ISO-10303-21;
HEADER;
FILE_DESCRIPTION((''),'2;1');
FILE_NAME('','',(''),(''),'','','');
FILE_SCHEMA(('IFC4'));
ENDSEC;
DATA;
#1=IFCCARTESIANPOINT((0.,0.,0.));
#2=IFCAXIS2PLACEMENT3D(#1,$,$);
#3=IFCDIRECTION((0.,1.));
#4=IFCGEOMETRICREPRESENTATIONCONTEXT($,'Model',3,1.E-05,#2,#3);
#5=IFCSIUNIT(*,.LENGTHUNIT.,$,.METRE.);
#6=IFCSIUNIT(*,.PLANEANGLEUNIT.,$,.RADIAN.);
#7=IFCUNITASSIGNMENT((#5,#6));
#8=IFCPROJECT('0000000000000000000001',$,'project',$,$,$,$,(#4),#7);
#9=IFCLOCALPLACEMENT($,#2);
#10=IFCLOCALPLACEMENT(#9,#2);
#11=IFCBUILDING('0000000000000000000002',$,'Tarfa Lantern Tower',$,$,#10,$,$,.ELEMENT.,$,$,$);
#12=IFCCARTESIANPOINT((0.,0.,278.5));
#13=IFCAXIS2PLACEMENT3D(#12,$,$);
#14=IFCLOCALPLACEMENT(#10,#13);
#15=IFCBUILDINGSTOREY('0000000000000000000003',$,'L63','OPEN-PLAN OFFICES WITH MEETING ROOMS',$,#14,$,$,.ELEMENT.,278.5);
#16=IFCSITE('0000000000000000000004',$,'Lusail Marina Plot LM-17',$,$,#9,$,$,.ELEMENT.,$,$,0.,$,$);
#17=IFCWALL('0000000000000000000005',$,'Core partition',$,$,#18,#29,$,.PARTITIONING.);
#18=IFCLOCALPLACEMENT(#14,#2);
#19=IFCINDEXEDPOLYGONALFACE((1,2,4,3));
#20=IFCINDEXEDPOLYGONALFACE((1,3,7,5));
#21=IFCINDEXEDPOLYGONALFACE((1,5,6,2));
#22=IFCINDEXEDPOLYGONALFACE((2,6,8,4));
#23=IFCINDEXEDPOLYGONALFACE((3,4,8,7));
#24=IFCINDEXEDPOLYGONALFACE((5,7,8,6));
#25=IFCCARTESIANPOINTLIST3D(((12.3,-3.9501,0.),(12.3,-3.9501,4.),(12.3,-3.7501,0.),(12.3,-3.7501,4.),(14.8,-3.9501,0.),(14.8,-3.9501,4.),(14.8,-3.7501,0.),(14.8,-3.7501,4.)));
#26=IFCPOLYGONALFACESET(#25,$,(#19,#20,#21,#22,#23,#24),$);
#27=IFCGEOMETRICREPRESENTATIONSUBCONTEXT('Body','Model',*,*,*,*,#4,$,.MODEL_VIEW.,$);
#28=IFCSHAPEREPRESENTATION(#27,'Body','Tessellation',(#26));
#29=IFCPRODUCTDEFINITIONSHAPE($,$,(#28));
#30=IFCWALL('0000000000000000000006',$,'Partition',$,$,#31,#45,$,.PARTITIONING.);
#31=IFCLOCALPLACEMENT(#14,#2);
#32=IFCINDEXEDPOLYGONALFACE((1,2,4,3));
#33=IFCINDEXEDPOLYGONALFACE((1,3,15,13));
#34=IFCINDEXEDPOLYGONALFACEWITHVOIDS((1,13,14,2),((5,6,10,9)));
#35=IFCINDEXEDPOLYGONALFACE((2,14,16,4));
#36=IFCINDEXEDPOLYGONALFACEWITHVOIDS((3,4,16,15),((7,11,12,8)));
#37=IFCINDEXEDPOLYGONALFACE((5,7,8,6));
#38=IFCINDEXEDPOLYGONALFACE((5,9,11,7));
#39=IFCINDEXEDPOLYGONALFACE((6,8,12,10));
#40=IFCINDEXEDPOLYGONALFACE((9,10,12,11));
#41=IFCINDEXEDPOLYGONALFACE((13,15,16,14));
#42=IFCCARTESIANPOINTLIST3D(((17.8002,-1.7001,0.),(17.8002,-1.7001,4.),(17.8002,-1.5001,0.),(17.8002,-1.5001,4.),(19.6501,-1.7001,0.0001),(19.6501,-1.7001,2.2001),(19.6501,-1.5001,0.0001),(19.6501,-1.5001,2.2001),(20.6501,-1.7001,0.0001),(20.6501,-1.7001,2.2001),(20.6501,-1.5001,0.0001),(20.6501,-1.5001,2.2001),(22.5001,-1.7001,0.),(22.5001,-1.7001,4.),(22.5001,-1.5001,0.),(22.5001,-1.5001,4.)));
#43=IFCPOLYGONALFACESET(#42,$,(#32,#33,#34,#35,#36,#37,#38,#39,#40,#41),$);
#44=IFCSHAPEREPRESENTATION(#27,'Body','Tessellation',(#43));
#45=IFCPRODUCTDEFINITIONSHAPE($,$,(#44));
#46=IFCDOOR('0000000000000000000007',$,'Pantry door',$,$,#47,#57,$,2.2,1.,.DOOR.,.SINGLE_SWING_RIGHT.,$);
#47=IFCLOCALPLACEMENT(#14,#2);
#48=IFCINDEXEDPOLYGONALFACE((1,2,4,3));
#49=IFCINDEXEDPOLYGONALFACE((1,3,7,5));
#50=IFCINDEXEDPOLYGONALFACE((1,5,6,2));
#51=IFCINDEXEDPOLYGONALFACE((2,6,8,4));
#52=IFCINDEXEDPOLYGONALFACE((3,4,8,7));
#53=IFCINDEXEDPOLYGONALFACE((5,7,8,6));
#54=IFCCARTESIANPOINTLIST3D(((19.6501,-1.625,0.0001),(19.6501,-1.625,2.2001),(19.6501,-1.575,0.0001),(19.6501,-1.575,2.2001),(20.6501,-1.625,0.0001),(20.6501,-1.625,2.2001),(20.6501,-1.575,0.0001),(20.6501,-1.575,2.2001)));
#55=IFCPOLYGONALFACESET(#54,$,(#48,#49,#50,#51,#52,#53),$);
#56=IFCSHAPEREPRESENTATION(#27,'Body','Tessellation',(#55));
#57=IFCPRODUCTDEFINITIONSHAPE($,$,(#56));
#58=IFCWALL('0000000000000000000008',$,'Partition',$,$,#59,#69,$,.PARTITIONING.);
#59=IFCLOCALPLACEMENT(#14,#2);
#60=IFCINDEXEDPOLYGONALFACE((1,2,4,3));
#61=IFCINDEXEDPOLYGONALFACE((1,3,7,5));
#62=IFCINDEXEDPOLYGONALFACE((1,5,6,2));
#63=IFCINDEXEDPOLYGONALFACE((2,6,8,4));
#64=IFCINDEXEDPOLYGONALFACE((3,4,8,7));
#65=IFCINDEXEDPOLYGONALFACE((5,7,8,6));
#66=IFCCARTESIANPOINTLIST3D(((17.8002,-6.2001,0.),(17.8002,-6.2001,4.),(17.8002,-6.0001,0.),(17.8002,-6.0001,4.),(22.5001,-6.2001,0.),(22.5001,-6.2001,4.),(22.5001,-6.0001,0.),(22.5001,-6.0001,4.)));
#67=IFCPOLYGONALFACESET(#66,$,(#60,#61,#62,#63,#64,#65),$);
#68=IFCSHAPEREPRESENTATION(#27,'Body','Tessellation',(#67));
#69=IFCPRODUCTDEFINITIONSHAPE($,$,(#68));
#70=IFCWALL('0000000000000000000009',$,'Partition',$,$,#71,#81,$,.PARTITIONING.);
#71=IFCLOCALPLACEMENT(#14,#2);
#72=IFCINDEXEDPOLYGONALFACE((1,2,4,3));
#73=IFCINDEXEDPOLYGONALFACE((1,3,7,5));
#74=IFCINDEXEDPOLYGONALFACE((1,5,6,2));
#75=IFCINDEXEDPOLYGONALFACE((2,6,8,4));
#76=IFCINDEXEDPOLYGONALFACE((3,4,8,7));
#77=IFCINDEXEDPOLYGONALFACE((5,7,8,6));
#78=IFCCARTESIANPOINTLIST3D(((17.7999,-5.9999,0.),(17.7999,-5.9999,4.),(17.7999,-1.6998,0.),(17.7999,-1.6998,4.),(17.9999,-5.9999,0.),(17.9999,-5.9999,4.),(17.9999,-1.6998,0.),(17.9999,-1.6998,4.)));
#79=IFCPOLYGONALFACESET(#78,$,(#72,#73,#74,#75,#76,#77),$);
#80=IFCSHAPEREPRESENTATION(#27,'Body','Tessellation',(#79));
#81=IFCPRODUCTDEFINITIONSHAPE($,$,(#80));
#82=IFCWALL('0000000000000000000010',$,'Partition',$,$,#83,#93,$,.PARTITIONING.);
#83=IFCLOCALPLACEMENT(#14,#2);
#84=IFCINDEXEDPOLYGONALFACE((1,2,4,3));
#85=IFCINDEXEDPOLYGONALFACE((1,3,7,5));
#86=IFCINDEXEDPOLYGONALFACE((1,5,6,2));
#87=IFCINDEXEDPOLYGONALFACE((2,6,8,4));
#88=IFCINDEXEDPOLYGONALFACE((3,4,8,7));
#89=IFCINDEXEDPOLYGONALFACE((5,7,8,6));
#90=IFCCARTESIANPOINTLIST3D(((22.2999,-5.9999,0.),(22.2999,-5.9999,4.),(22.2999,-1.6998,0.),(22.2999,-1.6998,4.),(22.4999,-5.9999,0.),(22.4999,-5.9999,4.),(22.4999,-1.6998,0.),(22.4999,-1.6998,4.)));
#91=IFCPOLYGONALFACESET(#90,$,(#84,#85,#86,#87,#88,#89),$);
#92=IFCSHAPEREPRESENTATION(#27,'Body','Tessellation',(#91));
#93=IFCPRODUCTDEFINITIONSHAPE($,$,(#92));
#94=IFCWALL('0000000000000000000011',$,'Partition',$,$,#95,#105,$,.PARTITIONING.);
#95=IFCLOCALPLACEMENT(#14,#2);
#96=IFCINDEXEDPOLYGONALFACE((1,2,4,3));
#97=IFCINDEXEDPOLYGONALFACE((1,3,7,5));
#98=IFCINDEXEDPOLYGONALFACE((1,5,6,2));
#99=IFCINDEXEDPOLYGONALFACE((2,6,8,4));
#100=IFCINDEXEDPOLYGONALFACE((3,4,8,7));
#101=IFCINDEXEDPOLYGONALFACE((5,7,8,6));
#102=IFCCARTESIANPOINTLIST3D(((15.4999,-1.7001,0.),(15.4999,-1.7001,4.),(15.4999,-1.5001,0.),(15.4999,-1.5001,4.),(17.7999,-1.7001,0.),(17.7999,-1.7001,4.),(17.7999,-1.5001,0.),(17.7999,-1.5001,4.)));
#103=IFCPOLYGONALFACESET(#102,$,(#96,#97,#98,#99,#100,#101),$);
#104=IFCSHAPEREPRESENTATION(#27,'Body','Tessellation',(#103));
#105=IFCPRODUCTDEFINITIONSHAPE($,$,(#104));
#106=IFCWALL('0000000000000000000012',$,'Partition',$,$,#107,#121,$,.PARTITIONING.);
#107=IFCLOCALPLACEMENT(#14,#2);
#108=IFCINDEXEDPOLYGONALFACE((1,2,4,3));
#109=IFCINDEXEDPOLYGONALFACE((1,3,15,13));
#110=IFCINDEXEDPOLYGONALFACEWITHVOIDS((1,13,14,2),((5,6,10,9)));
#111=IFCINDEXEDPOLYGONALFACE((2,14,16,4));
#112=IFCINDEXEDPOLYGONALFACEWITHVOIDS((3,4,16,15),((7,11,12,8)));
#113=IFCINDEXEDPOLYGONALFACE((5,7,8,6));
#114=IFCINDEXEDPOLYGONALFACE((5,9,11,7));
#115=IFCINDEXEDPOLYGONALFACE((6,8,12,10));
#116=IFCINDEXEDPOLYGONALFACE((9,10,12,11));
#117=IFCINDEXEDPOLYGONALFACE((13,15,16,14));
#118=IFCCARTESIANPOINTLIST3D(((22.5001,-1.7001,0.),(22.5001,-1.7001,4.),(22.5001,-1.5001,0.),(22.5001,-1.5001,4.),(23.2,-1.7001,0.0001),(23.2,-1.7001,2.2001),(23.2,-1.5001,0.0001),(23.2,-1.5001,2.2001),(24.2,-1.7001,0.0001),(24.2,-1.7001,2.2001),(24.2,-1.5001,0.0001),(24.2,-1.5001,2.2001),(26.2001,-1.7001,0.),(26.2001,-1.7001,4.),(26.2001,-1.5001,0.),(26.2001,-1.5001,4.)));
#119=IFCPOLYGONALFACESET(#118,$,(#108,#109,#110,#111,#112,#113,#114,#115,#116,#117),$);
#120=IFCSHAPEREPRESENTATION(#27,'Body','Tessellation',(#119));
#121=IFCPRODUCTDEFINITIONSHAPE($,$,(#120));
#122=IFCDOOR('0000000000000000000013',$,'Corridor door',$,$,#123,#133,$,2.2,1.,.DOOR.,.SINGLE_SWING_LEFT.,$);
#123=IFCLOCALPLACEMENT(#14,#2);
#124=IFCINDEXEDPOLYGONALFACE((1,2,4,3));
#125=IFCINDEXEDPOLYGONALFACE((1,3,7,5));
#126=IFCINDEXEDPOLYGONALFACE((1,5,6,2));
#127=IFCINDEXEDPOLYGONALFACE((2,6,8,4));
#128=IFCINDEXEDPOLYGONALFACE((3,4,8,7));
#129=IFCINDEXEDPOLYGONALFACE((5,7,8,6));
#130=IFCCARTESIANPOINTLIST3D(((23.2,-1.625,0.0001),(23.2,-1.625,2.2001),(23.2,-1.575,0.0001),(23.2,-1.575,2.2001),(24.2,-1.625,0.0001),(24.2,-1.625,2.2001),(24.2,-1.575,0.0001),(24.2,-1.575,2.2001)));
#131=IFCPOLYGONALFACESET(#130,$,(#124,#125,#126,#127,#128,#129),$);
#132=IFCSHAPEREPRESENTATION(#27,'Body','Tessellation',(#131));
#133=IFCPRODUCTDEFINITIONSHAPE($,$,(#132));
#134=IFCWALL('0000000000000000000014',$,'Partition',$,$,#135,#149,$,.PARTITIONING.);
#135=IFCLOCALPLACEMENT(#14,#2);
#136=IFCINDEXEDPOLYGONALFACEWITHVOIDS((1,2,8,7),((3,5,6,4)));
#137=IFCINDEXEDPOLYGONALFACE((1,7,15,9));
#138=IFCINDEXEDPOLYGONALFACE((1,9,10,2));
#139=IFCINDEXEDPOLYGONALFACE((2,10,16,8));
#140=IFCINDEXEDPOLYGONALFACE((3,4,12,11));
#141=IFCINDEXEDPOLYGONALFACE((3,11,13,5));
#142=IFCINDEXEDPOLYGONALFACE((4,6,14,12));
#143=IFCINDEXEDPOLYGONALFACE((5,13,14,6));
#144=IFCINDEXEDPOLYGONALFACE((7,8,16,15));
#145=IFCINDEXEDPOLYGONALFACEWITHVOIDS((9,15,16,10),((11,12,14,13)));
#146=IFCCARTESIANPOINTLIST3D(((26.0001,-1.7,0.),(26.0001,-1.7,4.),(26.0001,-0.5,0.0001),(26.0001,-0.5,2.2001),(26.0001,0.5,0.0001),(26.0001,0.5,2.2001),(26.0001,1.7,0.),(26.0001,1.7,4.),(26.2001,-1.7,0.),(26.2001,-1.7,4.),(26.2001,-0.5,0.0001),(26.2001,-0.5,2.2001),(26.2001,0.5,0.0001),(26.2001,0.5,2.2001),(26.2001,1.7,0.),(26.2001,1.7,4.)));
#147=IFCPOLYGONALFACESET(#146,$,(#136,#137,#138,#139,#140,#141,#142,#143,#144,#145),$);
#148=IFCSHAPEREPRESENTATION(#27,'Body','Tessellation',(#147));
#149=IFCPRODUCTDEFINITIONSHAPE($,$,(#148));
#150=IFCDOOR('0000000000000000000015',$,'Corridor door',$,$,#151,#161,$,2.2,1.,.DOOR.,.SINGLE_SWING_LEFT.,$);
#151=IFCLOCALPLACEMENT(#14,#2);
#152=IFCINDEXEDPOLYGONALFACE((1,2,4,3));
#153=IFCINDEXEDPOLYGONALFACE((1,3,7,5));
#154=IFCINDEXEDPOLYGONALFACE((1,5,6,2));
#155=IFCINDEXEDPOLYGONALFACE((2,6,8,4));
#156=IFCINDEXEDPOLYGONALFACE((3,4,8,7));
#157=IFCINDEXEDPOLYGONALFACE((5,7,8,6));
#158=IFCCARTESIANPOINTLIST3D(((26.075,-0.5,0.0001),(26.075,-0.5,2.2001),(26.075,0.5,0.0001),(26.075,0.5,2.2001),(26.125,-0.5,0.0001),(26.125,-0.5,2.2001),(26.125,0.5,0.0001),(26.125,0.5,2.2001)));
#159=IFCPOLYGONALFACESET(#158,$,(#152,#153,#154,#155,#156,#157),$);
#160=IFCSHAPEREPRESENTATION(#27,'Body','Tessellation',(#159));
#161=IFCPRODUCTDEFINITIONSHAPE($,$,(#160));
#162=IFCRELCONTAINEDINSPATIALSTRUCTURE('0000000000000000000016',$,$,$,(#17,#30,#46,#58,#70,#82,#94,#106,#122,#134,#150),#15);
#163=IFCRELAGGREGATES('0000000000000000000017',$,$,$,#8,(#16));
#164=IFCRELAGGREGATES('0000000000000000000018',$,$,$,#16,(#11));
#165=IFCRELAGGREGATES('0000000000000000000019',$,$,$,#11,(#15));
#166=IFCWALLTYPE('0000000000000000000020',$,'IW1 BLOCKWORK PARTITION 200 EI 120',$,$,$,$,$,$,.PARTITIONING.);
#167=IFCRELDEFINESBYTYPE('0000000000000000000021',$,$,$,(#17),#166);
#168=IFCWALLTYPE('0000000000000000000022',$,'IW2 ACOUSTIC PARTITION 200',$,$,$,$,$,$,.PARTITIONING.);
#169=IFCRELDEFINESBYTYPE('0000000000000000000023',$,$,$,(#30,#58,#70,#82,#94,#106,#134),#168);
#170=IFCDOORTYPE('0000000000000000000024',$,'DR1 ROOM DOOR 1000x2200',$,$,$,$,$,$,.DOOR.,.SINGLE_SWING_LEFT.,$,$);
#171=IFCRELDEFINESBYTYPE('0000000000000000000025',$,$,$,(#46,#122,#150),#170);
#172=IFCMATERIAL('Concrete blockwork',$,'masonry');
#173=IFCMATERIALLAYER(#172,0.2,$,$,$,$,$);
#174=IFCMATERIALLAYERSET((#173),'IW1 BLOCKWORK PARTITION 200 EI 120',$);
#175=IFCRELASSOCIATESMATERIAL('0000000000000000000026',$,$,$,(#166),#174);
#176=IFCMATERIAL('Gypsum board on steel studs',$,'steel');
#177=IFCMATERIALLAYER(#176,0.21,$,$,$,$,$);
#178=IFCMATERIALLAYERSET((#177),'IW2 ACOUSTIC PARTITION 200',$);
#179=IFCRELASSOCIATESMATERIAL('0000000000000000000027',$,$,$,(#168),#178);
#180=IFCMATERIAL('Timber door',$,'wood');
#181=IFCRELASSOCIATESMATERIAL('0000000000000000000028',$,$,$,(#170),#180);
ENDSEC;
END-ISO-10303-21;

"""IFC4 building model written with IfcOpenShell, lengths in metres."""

from ifc_helpers import new_model, si_unit, direction, frame, frame_2d, origin, place, context, subcontext, project, spatial, rectangle, extrude, material, layer, layer_set, type_object, element, fill, save


model = new_model("IFC4")

# Units and contexts
model_context = context("Model", 3, precision=1e-05, world=origin(), true_north=direction((0.0, 1.0)))
body_context = subcontext(model_context, "Body", "Model", "MODEL_VIEW")
ifc_project = project(units=[si_unit("LENGTHUNIT", "METRE"), si_unit("PLANEANGLEUNIT", "RADIAN")], contexts=[model_context])

# Site, building, storey
site_placement = place(None, origin())
site = spatial("IfcSite", under=ifc_project, at=site_placement, Name="Lusail Marina Plot LM-17", CompositionType="ELEMENT", RefElevation=0.0)
building_placement = place(site_placement, origin())
building = spatial("IfcBuilding", under=site, at=building_placement, Name="Tarfa Lantern Tower", CompositionType="ELEMENT")
storey_placement = place(building_placement, frame((0.0, 0.0, 278.5)))
storey = spatial("IfcBuildingStorey", under=building, at=storey_placement, Name="L63", Description="OPEN-PLAN OFFICES WITH MEETING ROOMS", CompositionType="ELEMENT", Elevation=278.5)

# Wall
ifc_material_1 = material(Name="Concrete blockwork", Category="masonry")
ifc_layer_1 = layer(ifc_material_1, 0.2)
ifc_layer_set_1 = layer_set([ifc_layer_1], Name="IW1 BLOCKWORK PARTITION 200 EI 120")
wall_type_1 = type_object("IfcWallType", Name="IW1 BLOCKWORK PARTITION 200 EI 120", PredefinedType="PARTITIONING", material=ifc_layer_set_1)
wall_1_placement = place(storey_placement, frame((14.8, -3.8501, 0.0), z_axis=(0.0, 0.0, 1.0), x_axis=(-1.0, 0.0, 0.0)))
element("IfcWall", 1, at=wall_1_placement, inside=storey, type_object=wall_type_1, Name="Core partition", PredefinedType="PARTITIONING", context=body_context, shape_type="SweptSolid", body=[
    extrude(rectangle(XDim=2.5, YDim=0.2, at=frame_2d((1.25, 0.0))), origin(), (0.0, 0.0, 1.0), 4.0),
])

# Wall, opening, door
ifc_material_2 = material(Name="Gypsum board on steel studs", Category="steel")
ifc_layer_2 = layer(ifc_material_2, 0.21)
ifc_layer_set_2 = layer_set([ifc_layer_2], Name="IW2 ACOUSTIC PARTITION 200")
wall_type_2 = type_object("IfcWallType", Name="IW2 ACOUSTIC PARTITION 200", PredefinedType="PARTITIONING", material=ifc_layer_set_2)
wall_2_placement = place(storey_placement, frame((17.8, -1.6001, 0.0), z_axis=(0.0, 0.0, 1.0), x_axis=(1.0, 0.0, 0.0)))
wall_2 = element("IfcWall", 2, at=wall_2_placement, inside=storey, type_object=wall_type_2, Name="Partition", PredefinedType="PARTITIONING", context=body_context, shape_type="SweptSolid", body=[
    extrude(rectangle(XDim=4.7, YDim=0.2, at=frame_2d((2.3501, 0.0))), origin(), (0.0, 0.0, 1.0), 4.0),
])
opening_1_placement = place(wall_2_placement, frame((1.8501, 0.0, 0.0)))
opening_1 = element("IfcOpeningElement", 3, at=opening_1_placement, cuts=wall_2, PredefinedType="OPENING", context=body_context, shape_type="SweptSolid", body=[
    extrude(rectangle(XDim=1.0, YDim=2.2, at=frame_2d((0.5, 1.1001))), frame((0.0, 0.1099, 0.0), z_axis=(0.0, -1.0, 0.0), x_axis=(1.0, 0.0, 0.0)), (0.0, 0.0, 1.0), 0.22),
])
ifc_material_3 = material(Name="Timber door", Category="wood")
door_type_1 = type_object("IfcDoorType", Name="DR1 ROOM DOOR 1000x2200", OperationType="SINGLE_SWING_LEFT", PredefinedType="DOOR", material=ifc_material_3)
door_1_placement = place(opening_1_placement, frame((1.0, 0.0, 0.0), z_axis=(0.0, 0.0, 1.0), x_axis=(-1.0, 0.0, 0.0)))
door_1 = element("IfcDoor", 4, at=door_1_placement, inside=storey, type_object=door_type_1, Name="Pantry door", OperationType="SINGLE_SWING_RIGHT", OverallHeight=2.2, OverallWidth=1.0, PredefinedType="DOOR", context=body_context, shape_type="SweptSolid", body=[
    extrude(rectangle(XDim=1.0, YDim=2.2, at=frame_2d((0.5, 1.1001))), frame((0.0, 0.0249, 0.0), z_axis=(0.0, -1.0, 0.0), x_axis=(1.0, 0.0, 0.0)), (0.0, 0.0, 1.0), 0.05),
])
fill(opening_1, door_1)

# Walls
wall_3_placement = place(storey_placement, frame((17.8, -6.1001, 0.0), z_axis=(0.0, 0.0, 1.0), x_axis=(1.0, 0.0, 0.0)))
element("IfcWall", 5, at=wall_3_placement, inside=storey, type_object=wall_type_2, Name="Partition", PredefinedType="PARTITIONING", context=body_context, shape_type="SweptSolid", body=[
    extrude(rectangle(XDim=4.7, YDim=0.2, at=frame_2d((2.3501, 0.0))), origin(), (0.0, 0.0, 1.0), 4.0),
])
for number, where, z_axis, x_axis, name in (
    (6, (17.8999, -1.7, 0.0), (0.0, 0.0, 1.0), (0.0, -1.0, 0.0), "Partition"),
    (7, (22.3999, -1.7, 0.0), (0.0, 0.0, 1.0), (0.0, -1.0, 0.0), "Partition"),
):
    element("IfcWall", number, at=place(storey_placement, frame(where, z_axis=z_axis, x_axis=x_axis)), inside=storey, type_object=wall_type_2, Name=name, PredefinedType="PARTITIONING", context=body_context, shape_type="SweptSolid", body=[
        extrude(rectangle(XDim=4.3, YDim=0.2, at=frame_2d((2.1499, 0.0))), origin(), (0.0, 0.0, 1.0), 4.0),
    ])
wall_4_placement = place(storey_placement, frame((15.5, -1.6001, 0.0), z_axis=(0.0, 0.0, 1.0), x_axis=(1.0, 0.0, 0.0)))
element("IfcWall", 8, at=wall_4_placement, inside=storey, type_object=wall_type_2, Name="Partition", PredefinedType="PARTITIONING", context=body_context, shape_type="SweptSolid", body=[
    extrude(rectangle(XDim=2.3, YDim=0.2, at=frame_2d((1.1499, 0.0))), origin(), (0.0, 0.0, 1.0), 4.0),
])

# Walls, openings, doors
wall_5_placement = place(storey_placement, frame((22.5, -1.6001, 0.0), z_axis=(0.0, 0.0, 1.0), x_axis=(1.0, 0.0, 0.0)))
wall_5 = element("IfcWall", 9, at=wall_5_placement, inside=storey, type_object=wall_type_2, Name="Partition", PredefinedType="PARTITIONING", context=body_context, shape_type="SweptSolid", body=[
    extrude(rectangle(XDim=3.7, YDim=0.2, at=frame_2d((1.8501, 0.0))), origin(), (0.0, 0.0, 1.0), 4.0),
])
opening_2_placement = place(wall_5_placement, frame((0.7, 0.0, 0.0)))
opening_2 = element("IfcOpeningElement", 10, at=opening_2_placement, cuts=wall_5, PredefinedType="OPENING", context=body_context, shape_type="SweptSolid", body=[
    extrude(rectangle(XDim=1.0, YDim=2.2, at=frame_2d((0.5, 1.1001))), frame((0.0, 0.1099, 0.0), z_axis=(0.0, -1.0, 0.0), x_axis=(1.0, 0.0, 0.0)), (0.0, 0.0, 1.0), 0.22),
])
door_2_placement = place(opening_2_placement, frame((1.0, 0.0, 0.0), z_axis=(0.0, 0.0, 1.0), x_axis=(-1.0, 0.0, 0.0)))
door_2 = element("IfcDoor", 11, at=door_2_placement, inside=storey, type_object=door_type_1, Name="Corridor door", OperationType="SINGLE_SWING_LEFT", OverallHeight=2.2, OverallWidth=1.0, PredefinedType="DOOR", context=body_context, shape_type="SweptSolid", body=[
    extrude(rectangle(XDim=1.0, YDim=2.2, at=frame_2d((0.5, 1.1001))), frame((0.0, 0.0249, 0.0), z_axis=(0.0, -1.0, 0.0), x_axis=(1.0, 0.0, 0.0)), (0.0, 0.0, 1.0), 0.05),
])
fill(opening_2, door_2)
wall_6_placement = place(storey_placement, frame((26.1001, -1.7, 0.0), z_axis=(0.0, 0.0, 1.0), x_axis=(0.0, 1.0, 0.0)))
wall_6 = element("IfcWall", 12, at=wall_6_placement, inside=storey, type_object=wall_type_2, Name="Partition", PredefinedType="PARTITIONING", context=body_context, shape_type="SweptSolid", body=[
    extrude(rectangle(XDim=3.3999, YDim=0.2, at=frame_2d((1.7, 0.0))), origin(), (0.0, 0.0, 1.0), 4.0),
])
opening_3_placement = place(wall_6_placement, frame((1.2, 0.0, 0.0)))
opening_3 = element("IfcOpeningElement", 13, at=opening_3_placement, cuts=wall_6, PredefinedType="OPENING", context=body_context, shape_type="SweptSolid", body=[
    extrude(rectangle(XDim=1.0, YDim=2.2, at=frame_2d((0.5, 1.1001))), frame((0.0, 0.1099, 0.0), z_axis=(0.0, -1.0, 0.0), x_axis=(1.0, 0.0, 0.0)), (0.0, 0.0, 1.0), 0.22),
])
door_3_placement = place(opening_3_placement, frame((1.0, 0.0, 0.0), z_axis=(0.0, 0.0, 1.0), x_axis=(-1.0, 0.0, 0.0)))
door_3 = element("IfcDoor", 14, at=door_3_placement, inside=storey, type_object=door_type_1, Name="Corridor door", OperationType="SINGLE_SWING_LEFT", OverallHeight=2.2, OverallWidth=1.0, PredefinedType="DOOR", context=body_context, shape_type="SweptSolid", body=[
    extrude(rectangle(XDim=1.0, YDim=2.2, at=frame_2d((0.5, 1.1001))), frame((0.0, 0.0249, 0.0), z_axis=(0.0, -1.0, 0.0), x_axis=(1.0, 0.0, 0.0)), (0.0, 0.0, 1.0), 0.05),
])
fill(opening_3, door_3)

save(model, "model.ifc")
